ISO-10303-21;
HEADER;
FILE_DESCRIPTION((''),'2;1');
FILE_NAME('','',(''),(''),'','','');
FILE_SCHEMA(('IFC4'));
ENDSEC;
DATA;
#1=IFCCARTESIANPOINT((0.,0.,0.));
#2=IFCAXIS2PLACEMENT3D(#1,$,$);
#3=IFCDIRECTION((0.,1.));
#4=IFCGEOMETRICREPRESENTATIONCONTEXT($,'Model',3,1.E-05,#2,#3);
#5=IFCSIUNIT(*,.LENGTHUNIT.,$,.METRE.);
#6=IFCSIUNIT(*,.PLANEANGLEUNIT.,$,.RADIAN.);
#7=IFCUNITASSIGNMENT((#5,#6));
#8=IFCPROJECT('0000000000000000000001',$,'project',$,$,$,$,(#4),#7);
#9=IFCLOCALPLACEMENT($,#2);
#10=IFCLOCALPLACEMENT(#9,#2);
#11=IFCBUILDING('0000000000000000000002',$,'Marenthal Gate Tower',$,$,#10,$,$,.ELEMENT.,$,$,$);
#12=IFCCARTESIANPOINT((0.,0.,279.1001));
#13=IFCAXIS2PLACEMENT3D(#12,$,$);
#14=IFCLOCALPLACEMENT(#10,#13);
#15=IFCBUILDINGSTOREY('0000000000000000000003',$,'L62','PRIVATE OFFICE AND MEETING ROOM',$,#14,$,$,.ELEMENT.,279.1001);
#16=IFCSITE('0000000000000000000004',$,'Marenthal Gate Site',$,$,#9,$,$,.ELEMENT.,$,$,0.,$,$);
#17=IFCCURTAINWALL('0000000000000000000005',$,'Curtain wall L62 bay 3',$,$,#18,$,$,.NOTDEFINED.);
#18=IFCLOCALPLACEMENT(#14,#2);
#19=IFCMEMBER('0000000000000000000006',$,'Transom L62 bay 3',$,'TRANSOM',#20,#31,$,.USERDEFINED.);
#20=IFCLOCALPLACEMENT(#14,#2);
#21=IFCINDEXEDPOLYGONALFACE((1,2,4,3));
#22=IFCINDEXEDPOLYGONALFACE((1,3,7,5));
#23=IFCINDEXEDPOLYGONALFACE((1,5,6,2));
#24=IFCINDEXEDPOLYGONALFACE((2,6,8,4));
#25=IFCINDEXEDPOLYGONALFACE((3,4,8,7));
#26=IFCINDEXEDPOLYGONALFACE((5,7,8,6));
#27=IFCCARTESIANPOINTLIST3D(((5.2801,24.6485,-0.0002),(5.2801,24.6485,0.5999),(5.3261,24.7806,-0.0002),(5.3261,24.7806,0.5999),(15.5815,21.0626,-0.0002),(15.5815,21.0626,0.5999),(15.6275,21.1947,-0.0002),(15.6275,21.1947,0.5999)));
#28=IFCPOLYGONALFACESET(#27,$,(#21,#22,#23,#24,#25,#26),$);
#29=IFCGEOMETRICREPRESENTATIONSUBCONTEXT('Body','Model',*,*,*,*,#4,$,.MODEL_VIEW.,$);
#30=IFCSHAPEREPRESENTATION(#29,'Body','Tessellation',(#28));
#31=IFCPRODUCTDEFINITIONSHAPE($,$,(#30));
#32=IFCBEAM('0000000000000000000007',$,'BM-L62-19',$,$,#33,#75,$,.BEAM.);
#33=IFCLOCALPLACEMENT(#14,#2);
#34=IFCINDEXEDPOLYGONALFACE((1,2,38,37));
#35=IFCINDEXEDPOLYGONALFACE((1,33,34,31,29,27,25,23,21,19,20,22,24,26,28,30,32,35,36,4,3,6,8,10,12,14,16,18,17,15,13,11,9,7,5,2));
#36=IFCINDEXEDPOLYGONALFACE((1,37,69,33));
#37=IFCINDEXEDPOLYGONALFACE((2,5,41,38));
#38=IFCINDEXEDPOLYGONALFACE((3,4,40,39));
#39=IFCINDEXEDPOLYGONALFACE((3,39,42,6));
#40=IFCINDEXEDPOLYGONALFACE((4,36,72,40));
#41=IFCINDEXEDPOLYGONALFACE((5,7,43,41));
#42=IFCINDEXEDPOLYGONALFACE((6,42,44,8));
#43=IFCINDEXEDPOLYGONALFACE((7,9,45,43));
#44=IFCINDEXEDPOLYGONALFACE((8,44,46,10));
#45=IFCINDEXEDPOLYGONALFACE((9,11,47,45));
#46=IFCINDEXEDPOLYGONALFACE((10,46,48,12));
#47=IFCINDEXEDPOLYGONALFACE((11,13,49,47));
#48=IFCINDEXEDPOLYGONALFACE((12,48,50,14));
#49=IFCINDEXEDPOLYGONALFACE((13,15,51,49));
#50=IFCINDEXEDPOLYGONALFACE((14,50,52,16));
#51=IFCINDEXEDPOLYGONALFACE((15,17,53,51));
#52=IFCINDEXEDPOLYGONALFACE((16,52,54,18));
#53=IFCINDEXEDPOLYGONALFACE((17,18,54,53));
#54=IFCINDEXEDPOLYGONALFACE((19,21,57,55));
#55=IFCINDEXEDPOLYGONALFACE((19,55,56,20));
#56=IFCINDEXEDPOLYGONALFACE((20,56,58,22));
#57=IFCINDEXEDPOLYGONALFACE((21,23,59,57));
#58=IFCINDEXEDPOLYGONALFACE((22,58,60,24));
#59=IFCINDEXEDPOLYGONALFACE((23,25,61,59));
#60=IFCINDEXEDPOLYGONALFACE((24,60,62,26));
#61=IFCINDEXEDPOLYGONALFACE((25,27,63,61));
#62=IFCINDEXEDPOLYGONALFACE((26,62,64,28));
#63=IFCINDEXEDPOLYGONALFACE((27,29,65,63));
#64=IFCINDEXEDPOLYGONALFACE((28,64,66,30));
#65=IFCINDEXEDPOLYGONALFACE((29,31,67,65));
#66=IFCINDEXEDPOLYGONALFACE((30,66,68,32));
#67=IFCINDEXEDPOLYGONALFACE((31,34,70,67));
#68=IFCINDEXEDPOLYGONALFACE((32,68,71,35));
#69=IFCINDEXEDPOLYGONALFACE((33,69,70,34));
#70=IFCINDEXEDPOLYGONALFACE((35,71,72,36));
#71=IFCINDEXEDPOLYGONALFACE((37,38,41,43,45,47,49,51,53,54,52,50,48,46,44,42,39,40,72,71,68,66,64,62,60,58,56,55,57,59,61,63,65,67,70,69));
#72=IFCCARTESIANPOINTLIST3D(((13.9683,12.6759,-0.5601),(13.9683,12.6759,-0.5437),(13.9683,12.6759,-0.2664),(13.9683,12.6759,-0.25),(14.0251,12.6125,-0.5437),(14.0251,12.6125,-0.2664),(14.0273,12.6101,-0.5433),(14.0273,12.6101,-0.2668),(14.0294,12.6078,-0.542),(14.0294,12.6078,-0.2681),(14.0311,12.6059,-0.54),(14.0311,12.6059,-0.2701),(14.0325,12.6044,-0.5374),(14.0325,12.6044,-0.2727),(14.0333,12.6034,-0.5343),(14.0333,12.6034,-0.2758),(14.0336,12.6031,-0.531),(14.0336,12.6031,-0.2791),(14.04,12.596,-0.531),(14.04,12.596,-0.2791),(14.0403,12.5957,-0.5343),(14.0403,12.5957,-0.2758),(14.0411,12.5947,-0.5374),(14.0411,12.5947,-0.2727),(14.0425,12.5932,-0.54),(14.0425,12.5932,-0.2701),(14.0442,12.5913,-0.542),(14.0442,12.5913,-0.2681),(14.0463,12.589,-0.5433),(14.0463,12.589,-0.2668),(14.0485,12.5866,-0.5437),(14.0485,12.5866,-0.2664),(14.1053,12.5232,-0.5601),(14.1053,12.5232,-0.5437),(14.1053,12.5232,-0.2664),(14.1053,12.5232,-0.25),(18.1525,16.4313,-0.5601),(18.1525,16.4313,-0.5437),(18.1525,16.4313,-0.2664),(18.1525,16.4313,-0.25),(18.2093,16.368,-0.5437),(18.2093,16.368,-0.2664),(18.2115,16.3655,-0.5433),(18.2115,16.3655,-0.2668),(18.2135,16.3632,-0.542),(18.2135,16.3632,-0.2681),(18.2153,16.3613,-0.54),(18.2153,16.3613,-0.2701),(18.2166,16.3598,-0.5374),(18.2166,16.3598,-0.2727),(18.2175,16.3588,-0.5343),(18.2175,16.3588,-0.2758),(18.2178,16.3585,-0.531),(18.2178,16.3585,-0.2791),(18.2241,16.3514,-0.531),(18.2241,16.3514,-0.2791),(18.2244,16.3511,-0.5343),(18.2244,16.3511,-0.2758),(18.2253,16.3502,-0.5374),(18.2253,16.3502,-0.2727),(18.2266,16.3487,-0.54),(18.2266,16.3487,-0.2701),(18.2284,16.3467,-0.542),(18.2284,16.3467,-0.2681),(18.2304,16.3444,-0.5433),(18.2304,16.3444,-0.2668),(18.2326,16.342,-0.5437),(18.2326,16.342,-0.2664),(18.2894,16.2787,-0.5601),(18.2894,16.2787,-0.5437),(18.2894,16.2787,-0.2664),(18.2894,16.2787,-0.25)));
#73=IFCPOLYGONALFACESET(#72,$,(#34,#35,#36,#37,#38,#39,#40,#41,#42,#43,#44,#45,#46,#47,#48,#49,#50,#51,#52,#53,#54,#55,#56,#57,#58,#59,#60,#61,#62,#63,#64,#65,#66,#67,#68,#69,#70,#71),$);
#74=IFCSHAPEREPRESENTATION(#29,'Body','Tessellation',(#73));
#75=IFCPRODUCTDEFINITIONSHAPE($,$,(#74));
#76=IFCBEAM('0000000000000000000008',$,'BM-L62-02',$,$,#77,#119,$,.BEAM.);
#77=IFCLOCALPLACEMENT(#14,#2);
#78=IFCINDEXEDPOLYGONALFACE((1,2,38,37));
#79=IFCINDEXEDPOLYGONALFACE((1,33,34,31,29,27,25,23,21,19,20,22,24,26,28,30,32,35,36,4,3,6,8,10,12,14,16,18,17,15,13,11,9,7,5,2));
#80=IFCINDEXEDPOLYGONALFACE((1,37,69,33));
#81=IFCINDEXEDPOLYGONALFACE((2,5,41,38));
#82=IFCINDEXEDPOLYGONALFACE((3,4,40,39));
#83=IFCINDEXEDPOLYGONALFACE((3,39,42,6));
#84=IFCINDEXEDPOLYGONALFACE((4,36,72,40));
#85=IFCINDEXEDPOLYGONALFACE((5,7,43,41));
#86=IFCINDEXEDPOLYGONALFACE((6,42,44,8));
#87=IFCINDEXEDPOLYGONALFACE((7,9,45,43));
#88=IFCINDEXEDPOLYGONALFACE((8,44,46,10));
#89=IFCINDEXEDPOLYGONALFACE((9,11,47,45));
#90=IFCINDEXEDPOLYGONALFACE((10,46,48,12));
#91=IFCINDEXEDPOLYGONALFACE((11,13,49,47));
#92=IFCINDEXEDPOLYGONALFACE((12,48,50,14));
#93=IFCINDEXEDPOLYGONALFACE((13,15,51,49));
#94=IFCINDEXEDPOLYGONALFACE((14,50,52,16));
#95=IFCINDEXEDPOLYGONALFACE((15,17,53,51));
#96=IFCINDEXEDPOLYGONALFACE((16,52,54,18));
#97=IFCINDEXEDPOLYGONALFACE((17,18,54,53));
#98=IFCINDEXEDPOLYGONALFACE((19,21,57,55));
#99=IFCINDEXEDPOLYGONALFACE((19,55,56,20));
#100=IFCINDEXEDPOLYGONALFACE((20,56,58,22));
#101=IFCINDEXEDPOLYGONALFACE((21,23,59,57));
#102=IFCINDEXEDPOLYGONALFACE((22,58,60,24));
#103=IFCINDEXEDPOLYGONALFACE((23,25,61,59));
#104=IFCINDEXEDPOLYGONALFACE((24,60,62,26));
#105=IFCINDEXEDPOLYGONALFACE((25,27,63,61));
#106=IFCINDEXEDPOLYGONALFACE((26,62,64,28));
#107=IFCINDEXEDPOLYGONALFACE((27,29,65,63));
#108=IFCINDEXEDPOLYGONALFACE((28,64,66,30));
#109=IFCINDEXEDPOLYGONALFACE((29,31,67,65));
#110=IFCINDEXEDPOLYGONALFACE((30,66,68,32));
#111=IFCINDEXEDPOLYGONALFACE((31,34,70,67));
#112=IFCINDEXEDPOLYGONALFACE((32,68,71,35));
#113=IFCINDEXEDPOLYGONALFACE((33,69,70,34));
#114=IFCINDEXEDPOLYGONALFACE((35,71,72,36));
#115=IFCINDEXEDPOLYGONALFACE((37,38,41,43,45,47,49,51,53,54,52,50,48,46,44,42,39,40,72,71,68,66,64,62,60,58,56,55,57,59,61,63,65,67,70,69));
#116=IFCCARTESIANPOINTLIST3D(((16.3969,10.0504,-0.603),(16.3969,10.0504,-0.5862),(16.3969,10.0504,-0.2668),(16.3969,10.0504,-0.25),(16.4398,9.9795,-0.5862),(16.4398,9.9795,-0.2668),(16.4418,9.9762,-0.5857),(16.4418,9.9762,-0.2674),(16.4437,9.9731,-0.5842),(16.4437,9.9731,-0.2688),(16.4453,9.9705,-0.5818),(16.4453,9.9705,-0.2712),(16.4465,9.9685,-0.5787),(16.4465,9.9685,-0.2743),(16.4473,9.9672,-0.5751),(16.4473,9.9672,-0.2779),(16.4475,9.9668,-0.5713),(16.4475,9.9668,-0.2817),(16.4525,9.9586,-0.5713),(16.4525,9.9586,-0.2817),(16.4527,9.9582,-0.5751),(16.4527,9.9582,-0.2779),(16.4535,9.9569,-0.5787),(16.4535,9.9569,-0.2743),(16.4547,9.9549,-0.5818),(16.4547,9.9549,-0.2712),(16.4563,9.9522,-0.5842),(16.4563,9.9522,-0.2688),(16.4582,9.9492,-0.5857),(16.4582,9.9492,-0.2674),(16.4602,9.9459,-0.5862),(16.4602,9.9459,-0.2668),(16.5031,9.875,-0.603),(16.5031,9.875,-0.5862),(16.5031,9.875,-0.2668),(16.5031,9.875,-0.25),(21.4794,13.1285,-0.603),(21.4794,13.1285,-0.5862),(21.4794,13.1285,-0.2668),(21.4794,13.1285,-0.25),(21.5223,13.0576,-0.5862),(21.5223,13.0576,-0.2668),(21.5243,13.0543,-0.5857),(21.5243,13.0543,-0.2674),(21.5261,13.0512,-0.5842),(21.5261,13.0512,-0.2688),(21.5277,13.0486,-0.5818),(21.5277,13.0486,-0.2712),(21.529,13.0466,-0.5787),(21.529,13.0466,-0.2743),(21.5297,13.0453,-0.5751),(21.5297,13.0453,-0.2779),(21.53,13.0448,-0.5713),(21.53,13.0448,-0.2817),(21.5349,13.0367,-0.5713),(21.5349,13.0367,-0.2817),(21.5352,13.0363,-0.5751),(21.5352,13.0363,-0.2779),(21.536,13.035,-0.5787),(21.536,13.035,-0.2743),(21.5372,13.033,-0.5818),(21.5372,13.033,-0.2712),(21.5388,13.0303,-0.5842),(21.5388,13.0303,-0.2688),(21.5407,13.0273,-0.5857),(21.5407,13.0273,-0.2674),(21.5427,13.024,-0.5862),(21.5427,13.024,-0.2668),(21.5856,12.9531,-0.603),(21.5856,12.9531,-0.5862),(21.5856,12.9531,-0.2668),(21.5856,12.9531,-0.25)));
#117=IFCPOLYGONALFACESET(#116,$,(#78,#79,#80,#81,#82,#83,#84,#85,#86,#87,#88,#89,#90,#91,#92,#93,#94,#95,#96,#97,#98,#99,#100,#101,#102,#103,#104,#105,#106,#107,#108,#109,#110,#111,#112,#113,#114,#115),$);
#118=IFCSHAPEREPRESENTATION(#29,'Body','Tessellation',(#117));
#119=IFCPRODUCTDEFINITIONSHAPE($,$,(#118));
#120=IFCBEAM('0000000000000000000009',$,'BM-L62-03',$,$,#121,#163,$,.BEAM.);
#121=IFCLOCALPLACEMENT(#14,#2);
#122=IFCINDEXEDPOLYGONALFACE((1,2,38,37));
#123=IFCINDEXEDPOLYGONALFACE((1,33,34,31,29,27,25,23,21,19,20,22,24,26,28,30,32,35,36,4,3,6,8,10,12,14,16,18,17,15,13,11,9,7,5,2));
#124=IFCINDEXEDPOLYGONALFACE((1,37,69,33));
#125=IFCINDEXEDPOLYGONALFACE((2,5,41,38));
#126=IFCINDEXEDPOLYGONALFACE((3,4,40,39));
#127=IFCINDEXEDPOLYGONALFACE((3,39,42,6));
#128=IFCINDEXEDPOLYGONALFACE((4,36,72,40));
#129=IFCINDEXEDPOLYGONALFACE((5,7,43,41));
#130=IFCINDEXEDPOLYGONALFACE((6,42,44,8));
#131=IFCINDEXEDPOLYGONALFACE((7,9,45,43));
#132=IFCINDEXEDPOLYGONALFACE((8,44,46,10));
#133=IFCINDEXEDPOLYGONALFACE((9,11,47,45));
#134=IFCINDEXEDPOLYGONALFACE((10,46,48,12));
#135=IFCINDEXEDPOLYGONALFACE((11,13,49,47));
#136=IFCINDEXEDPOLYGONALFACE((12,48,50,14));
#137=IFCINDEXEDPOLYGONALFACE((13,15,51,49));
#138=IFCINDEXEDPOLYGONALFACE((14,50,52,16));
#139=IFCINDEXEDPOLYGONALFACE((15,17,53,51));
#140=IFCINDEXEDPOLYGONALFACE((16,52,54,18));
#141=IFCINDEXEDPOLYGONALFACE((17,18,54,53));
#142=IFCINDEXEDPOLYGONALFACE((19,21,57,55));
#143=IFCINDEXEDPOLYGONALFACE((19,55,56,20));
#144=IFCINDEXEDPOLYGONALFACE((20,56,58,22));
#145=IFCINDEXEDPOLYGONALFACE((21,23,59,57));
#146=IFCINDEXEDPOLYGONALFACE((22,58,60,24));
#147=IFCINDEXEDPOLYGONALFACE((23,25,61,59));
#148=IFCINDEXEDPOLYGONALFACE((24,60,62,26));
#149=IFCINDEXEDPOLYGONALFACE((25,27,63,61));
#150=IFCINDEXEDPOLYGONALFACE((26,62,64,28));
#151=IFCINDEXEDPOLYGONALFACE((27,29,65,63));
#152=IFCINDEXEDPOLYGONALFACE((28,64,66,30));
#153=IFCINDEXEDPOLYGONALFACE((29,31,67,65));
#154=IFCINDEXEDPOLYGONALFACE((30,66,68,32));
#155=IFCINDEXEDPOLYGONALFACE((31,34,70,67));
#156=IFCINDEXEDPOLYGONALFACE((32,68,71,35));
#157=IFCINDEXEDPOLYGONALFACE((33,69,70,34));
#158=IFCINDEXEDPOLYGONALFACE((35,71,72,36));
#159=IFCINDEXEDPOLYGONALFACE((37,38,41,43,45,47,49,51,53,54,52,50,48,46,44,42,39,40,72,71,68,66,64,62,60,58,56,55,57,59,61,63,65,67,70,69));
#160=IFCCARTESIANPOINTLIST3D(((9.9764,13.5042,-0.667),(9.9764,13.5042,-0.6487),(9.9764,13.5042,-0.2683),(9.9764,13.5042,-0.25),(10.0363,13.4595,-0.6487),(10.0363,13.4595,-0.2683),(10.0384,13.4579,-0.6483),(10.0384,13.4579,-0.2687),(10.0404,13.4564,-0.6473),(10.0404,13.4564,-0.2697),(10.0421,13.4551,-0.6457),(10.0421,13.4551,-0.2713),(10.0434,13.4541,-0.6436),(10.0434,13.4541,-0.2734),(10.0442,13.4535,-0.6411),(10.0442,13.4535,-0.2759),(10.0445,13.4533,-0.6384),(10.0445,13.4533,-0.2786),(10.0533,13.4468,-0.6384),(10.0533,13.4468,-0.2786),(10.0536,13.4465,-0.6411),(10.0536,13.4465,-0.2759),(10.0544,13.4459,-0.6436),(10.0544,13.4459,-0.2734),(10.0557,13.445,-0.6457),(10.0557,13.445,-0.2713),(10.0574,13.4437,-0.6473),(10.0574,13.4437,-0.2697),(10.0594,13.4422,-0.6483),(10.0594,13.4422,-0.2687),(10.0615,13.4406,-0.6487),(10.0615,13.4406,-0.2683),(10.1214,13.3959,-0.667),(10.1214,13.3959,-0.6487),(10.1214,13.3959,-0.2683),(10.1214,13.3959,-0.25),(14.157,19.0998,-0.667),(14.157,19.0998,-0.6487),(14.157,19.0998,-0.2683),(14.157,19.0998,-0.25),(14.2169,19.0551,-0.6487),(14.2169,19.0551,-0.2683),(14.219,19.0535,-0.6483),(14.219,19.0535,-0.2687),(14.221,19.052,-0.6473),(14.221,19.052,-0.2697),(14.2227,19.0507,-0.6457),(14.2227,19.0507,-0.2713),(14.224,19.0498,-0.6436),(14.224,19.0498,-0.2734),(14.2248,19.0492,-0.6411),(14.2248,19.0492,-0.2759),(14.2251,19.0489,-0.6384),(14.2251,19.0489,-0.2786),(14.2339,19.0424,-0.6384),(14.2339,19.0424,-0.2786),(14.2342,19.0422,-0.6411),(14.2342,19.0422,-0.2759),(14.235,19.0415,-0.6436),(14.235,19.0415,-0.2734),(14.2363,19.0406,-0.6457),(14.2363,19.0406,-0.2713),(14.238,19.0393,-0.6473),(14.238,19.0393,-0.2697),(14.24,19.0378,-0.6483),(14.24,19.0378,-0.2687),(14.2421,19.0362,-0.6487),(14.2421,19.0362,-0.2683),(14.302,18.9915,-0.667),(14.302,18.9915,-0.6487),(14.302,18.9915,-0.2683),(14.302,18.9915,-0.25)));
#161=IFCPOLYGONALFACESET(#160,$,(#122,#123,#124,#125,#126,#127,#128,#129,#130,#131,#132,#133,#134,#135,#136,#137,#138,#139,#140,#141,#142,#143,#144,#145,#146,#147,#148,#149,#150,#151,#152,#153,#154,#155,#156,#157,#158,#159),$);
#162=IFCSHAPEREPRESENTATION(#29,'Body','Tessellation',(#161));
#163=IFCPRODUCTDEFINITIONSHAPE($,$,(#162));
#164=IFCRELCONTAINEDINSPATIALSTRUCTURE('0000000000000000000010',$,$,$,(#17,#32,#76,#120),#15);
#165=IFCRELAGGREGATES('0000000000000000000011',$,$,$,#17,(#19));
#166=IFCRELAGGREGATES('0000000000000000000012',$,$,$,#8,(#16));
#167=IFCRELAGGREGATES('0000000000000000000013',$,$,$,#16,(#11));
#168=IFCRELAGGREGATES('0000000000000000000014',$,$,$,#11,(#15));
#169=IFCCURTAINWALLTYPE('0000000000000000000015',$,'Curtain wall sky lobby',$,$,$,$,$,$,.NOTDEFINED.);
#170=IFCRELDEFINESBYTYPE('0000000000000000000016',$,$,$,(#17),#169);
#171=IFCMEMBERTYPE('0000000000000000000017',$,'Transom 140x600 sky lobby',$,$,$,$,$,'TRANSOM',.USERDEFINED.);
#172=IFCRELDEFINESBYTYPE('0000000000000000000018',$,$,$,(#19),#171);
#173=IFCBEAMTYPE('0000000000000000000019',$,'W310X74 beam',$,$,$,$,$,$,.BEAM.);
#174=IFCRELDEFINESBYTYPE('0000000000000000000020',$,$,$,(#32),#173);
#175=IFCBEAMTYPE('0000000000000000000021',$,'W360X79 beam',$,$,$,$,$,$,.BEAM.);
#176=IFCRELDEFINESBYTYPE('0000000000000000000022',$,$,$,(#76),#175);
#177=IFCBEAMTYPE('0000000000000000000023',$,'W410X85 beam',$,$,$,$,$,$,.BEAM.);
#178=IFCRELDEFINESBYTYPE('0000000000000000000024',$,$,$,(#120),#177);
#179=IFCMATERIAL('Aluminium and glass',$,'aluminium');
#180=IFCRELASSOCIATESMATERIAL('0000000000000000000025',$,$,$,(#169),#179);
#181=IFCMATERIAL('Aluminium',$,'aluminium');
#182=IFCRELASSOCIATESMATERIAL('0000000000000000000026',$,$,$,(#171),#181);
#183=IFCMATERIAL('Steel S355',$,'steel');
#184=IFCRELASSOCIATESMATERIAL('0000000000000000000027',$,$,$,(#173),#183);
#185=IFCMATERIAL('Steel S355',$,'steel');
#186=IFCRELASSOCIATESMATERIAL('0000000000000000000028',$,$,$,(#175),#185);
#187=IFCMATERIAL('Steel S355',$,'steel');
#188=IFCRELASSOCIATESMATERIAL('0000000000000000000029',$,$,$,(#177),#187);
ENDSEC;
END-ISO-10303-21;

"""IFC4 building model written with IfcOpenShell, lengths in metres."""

from ifc_helpers import new_model, si_unit, direction, frame, origin, origin_2d, place, context, subcontext, project, spatial, rectangle, i_section, extrude, material, material_profile, profile_set, type_object, element, aggregate, save


model = new_model("IFC4")

# Units and contexts
model_context = context("Model", 3, precision=1e-05, world=origin(), true_north=direction((0.0, 1.0)))
body_context = subcontext(model_context, "Body", "Model", "MODEL_VIEW")
ifc_project = project(units=[si_unit("LENGTHUNIT", "METRE"), si_unit("PLANEANGLEUNIT", "RADIAN")], contexts=[model_context])

# Site, building, storey
site_placement = place(None, origin())
site = spatial("IfcSite", under=ifc_project, at=site_placement, Name="Marenthal Gate Site", CompositionType="ELEMENT", RefElevation=0.0)
building_placement = place(site_placement, origin())
building = spatial("IfcBuilding", under=site, at=building_placement, Name="Marenthal Gate Tower", CompositionType="ELEMENT")
storey_placement = place(building_placement, frame((0.0, 0.0, 279.1001)))
storey = spatial("IfcBuildingStorey", under=building, at=storey_placement, Name="L62", Description="PRIVATE OFFICE AND MEETING ROOM", CompositionType="ELEMENT", Elevation=279.1001)

# Shared definitions
ifc_material_1 = material(Name="Aluminium and glass", Category="aluminium")
curtain_wall_type = type_object("IfcCurtainWallType", Name="Curtain wall sky lobby", PredefinedType="NOTDEFINED", material=ifc_material_1)

# Curtain wall
curtain_wall_1_placement = place(storey_placement, origin())
curtain_wall_1 = element("IfcCurtainWall", 1, at=curtain_wall_1_placement, inside=storey, type_object=curtain_wall_type, Name="Curtain wall L62 bay 3", PredefinedType="NOTDEFINED")

# Member
ifc_material_2 = material(Name="Aluminium", Category="aluminium")
ifc_material_profile_1 = material_profile(ifc_material_2, rectangle(XDim=0.1399, YDim=0.6001, at=origin_2d()), Name="140x600 aluminium transom")
ifc_profile_set_1 = profile_set([ifc_material_profile_1], Name="Aluminium")
member_type_1 = type_object("IfcMemberType", Name="Transom 140x600 sky lobby", ElementType="TRANSOM", PredefinedType="USERDEFINED", material=ifc_profile_set_1)
member_1_placement = place(storey_placement, frame((15.6045, 21.1287, 0.2998), z_axis=(-0.944417, 0.32875, 0.0), x_axis=(-0.32875, -0.944417, 0.0)))
member_1 = element("IfcMember", 2, at=member_1_placement, type_object=member_type_1, Name="Transom L62 bay 3", ObjectType="TRANSOM", PredefinedType="USERDEFINED", context=body_context, shape_type="SweptSolid", body=[
    extrude(rectangle(XDim=0.1399, YDim=0.6001, at=origin_2d()), origin(), (0.0, 0.0, 1.0), 10.9077),
])

# Beams
ifc_material_3 = material(Name="Steel S355", Category="steel")
ifc_material_profile_2 = material_profile(ifc_material_3, i_section(OverallWidth=0.2051, OverallDepth=0.3101, WebThickness=0.0095, FlangeThickness=0.0164, FilletRadius=0.0127, at=origin_2d()), Name="W310X74")
ifc_profile_set_2 = profile_set([ifc_material_profile_2], Name="Steel S355")
beam_type_1 = type_object("IfcBeamType", Name="W310X74 beam", PredefinedType="BEAM", material=ifc_profile_set_2)
beam_1_placement = place(storey_placement, frame((18.2209, 16.355, -0.405), z_axis=(-0.744205, -0.667952, 0.0), x_axis=(0.667952, -0.744205, 0.0)))
element("IfcBeam", 3, at=beam_1_placement, inside=storey, type_object=beam_type_1, Name="BM-L62-19", PredefinedType="BEAM", context=body_context, shape_type="SweptSolid", body=[
    extrude(i_section(OverallWidth=0.2051, OverallDepth=0.3101, WebThickness=0.0095, FlangeThickness=0.0164, FilletRadius=0.0127, at=origin_2d()), origin(), (0.0, 0.0, 1.0), 5.6223),
])
ifc_material_4 = material(Name="Steel S355", Category="steel")
ifc_material_profile_3 = material_profile(ifc_material_4, i_section(OverallWidth=0.2051, OverallDepth=0.353, WebThickness=0.0095, FlangeThickness=0.0168, FilletRadius=0.0149, at=origin_2d()), Name="W360X79")
ifc_profile_set_3 = profile_set([ifc_material_profile_3], Name="Steel S355")
beam_type_2 = type_object("IfcBeamType", Name="W360X79 beam", PredefinedType="BEAM", material=ifc_profile_set_3)
beam_2_placement = place(storey_placement, frame((21.5325, 13.0408, -0.4265), z_axis=(-0.855361, -0.518032, 0.0), x_axis=(0.518032, -0.855361, 0.0)))
element("IfcBeam", 4, at=beam_2_placement, inside=storey, type_object=beam_type_2, Name="BM-L62-02", PredefinedType="BEAM", context=body_context, shape_type="SweptSolid", body=[
    extrude(i_section(OverallWidth=0.2051, OverallDepth=0.353, WebThickness=0.0095, FlangeThickness=0.0168, FilletRadius=0.0149, at=origin_2d()), origin(), (0.0, 0.0, 1.0), 5.9419),
])
ifc_material_5 = material(Name="Steel S355", Category="steel")
ifc_material_profile_4 = material_profile(ifc_material_5, i_section(OverallWidth=0.1809, OverallDepth=0.417, WebThickness=0.011, FlangeThickness=0.0183, FilletRadius=0.0103, at=origin_2d()), Name="W410X85")
ifc_profile_set_4 = profile_set([ifc_material_profile_4], Name="Steel S355")
beam_type_3 = type_object("IfcBeamType", Name="W410X85 beam", PredefinedType="BEAM", material=ifc_profile_set_4)
beam_3_placement = place(storey_placement, frame((14.2295, 19.0457, -0.4585), z_axis=(-0.598523, -0.801106, 0.0), x_axis=(0.801106, -0.598523, 0.0)))
element("IfcBeam", 5, at=beam_3_placement, inside=storey, type_object=beam_type_3, Name="BM-L62-03", PredefinedType="BEAM", context=body_context, shape_type="SweptSolid", body=[
    extrude(i_section(OverallWidth=0.1809, OverallDepth=0.417, WebThickness=0.011, FlangeThickness=0.0183, FilletRadius=0.0103, at=origin_2d()), origin(), (0.0, 0.0, 1.0), 6.9849),
])

aggregate(curtain_wall_1, [member_1])

save(model, "model.ifc")
